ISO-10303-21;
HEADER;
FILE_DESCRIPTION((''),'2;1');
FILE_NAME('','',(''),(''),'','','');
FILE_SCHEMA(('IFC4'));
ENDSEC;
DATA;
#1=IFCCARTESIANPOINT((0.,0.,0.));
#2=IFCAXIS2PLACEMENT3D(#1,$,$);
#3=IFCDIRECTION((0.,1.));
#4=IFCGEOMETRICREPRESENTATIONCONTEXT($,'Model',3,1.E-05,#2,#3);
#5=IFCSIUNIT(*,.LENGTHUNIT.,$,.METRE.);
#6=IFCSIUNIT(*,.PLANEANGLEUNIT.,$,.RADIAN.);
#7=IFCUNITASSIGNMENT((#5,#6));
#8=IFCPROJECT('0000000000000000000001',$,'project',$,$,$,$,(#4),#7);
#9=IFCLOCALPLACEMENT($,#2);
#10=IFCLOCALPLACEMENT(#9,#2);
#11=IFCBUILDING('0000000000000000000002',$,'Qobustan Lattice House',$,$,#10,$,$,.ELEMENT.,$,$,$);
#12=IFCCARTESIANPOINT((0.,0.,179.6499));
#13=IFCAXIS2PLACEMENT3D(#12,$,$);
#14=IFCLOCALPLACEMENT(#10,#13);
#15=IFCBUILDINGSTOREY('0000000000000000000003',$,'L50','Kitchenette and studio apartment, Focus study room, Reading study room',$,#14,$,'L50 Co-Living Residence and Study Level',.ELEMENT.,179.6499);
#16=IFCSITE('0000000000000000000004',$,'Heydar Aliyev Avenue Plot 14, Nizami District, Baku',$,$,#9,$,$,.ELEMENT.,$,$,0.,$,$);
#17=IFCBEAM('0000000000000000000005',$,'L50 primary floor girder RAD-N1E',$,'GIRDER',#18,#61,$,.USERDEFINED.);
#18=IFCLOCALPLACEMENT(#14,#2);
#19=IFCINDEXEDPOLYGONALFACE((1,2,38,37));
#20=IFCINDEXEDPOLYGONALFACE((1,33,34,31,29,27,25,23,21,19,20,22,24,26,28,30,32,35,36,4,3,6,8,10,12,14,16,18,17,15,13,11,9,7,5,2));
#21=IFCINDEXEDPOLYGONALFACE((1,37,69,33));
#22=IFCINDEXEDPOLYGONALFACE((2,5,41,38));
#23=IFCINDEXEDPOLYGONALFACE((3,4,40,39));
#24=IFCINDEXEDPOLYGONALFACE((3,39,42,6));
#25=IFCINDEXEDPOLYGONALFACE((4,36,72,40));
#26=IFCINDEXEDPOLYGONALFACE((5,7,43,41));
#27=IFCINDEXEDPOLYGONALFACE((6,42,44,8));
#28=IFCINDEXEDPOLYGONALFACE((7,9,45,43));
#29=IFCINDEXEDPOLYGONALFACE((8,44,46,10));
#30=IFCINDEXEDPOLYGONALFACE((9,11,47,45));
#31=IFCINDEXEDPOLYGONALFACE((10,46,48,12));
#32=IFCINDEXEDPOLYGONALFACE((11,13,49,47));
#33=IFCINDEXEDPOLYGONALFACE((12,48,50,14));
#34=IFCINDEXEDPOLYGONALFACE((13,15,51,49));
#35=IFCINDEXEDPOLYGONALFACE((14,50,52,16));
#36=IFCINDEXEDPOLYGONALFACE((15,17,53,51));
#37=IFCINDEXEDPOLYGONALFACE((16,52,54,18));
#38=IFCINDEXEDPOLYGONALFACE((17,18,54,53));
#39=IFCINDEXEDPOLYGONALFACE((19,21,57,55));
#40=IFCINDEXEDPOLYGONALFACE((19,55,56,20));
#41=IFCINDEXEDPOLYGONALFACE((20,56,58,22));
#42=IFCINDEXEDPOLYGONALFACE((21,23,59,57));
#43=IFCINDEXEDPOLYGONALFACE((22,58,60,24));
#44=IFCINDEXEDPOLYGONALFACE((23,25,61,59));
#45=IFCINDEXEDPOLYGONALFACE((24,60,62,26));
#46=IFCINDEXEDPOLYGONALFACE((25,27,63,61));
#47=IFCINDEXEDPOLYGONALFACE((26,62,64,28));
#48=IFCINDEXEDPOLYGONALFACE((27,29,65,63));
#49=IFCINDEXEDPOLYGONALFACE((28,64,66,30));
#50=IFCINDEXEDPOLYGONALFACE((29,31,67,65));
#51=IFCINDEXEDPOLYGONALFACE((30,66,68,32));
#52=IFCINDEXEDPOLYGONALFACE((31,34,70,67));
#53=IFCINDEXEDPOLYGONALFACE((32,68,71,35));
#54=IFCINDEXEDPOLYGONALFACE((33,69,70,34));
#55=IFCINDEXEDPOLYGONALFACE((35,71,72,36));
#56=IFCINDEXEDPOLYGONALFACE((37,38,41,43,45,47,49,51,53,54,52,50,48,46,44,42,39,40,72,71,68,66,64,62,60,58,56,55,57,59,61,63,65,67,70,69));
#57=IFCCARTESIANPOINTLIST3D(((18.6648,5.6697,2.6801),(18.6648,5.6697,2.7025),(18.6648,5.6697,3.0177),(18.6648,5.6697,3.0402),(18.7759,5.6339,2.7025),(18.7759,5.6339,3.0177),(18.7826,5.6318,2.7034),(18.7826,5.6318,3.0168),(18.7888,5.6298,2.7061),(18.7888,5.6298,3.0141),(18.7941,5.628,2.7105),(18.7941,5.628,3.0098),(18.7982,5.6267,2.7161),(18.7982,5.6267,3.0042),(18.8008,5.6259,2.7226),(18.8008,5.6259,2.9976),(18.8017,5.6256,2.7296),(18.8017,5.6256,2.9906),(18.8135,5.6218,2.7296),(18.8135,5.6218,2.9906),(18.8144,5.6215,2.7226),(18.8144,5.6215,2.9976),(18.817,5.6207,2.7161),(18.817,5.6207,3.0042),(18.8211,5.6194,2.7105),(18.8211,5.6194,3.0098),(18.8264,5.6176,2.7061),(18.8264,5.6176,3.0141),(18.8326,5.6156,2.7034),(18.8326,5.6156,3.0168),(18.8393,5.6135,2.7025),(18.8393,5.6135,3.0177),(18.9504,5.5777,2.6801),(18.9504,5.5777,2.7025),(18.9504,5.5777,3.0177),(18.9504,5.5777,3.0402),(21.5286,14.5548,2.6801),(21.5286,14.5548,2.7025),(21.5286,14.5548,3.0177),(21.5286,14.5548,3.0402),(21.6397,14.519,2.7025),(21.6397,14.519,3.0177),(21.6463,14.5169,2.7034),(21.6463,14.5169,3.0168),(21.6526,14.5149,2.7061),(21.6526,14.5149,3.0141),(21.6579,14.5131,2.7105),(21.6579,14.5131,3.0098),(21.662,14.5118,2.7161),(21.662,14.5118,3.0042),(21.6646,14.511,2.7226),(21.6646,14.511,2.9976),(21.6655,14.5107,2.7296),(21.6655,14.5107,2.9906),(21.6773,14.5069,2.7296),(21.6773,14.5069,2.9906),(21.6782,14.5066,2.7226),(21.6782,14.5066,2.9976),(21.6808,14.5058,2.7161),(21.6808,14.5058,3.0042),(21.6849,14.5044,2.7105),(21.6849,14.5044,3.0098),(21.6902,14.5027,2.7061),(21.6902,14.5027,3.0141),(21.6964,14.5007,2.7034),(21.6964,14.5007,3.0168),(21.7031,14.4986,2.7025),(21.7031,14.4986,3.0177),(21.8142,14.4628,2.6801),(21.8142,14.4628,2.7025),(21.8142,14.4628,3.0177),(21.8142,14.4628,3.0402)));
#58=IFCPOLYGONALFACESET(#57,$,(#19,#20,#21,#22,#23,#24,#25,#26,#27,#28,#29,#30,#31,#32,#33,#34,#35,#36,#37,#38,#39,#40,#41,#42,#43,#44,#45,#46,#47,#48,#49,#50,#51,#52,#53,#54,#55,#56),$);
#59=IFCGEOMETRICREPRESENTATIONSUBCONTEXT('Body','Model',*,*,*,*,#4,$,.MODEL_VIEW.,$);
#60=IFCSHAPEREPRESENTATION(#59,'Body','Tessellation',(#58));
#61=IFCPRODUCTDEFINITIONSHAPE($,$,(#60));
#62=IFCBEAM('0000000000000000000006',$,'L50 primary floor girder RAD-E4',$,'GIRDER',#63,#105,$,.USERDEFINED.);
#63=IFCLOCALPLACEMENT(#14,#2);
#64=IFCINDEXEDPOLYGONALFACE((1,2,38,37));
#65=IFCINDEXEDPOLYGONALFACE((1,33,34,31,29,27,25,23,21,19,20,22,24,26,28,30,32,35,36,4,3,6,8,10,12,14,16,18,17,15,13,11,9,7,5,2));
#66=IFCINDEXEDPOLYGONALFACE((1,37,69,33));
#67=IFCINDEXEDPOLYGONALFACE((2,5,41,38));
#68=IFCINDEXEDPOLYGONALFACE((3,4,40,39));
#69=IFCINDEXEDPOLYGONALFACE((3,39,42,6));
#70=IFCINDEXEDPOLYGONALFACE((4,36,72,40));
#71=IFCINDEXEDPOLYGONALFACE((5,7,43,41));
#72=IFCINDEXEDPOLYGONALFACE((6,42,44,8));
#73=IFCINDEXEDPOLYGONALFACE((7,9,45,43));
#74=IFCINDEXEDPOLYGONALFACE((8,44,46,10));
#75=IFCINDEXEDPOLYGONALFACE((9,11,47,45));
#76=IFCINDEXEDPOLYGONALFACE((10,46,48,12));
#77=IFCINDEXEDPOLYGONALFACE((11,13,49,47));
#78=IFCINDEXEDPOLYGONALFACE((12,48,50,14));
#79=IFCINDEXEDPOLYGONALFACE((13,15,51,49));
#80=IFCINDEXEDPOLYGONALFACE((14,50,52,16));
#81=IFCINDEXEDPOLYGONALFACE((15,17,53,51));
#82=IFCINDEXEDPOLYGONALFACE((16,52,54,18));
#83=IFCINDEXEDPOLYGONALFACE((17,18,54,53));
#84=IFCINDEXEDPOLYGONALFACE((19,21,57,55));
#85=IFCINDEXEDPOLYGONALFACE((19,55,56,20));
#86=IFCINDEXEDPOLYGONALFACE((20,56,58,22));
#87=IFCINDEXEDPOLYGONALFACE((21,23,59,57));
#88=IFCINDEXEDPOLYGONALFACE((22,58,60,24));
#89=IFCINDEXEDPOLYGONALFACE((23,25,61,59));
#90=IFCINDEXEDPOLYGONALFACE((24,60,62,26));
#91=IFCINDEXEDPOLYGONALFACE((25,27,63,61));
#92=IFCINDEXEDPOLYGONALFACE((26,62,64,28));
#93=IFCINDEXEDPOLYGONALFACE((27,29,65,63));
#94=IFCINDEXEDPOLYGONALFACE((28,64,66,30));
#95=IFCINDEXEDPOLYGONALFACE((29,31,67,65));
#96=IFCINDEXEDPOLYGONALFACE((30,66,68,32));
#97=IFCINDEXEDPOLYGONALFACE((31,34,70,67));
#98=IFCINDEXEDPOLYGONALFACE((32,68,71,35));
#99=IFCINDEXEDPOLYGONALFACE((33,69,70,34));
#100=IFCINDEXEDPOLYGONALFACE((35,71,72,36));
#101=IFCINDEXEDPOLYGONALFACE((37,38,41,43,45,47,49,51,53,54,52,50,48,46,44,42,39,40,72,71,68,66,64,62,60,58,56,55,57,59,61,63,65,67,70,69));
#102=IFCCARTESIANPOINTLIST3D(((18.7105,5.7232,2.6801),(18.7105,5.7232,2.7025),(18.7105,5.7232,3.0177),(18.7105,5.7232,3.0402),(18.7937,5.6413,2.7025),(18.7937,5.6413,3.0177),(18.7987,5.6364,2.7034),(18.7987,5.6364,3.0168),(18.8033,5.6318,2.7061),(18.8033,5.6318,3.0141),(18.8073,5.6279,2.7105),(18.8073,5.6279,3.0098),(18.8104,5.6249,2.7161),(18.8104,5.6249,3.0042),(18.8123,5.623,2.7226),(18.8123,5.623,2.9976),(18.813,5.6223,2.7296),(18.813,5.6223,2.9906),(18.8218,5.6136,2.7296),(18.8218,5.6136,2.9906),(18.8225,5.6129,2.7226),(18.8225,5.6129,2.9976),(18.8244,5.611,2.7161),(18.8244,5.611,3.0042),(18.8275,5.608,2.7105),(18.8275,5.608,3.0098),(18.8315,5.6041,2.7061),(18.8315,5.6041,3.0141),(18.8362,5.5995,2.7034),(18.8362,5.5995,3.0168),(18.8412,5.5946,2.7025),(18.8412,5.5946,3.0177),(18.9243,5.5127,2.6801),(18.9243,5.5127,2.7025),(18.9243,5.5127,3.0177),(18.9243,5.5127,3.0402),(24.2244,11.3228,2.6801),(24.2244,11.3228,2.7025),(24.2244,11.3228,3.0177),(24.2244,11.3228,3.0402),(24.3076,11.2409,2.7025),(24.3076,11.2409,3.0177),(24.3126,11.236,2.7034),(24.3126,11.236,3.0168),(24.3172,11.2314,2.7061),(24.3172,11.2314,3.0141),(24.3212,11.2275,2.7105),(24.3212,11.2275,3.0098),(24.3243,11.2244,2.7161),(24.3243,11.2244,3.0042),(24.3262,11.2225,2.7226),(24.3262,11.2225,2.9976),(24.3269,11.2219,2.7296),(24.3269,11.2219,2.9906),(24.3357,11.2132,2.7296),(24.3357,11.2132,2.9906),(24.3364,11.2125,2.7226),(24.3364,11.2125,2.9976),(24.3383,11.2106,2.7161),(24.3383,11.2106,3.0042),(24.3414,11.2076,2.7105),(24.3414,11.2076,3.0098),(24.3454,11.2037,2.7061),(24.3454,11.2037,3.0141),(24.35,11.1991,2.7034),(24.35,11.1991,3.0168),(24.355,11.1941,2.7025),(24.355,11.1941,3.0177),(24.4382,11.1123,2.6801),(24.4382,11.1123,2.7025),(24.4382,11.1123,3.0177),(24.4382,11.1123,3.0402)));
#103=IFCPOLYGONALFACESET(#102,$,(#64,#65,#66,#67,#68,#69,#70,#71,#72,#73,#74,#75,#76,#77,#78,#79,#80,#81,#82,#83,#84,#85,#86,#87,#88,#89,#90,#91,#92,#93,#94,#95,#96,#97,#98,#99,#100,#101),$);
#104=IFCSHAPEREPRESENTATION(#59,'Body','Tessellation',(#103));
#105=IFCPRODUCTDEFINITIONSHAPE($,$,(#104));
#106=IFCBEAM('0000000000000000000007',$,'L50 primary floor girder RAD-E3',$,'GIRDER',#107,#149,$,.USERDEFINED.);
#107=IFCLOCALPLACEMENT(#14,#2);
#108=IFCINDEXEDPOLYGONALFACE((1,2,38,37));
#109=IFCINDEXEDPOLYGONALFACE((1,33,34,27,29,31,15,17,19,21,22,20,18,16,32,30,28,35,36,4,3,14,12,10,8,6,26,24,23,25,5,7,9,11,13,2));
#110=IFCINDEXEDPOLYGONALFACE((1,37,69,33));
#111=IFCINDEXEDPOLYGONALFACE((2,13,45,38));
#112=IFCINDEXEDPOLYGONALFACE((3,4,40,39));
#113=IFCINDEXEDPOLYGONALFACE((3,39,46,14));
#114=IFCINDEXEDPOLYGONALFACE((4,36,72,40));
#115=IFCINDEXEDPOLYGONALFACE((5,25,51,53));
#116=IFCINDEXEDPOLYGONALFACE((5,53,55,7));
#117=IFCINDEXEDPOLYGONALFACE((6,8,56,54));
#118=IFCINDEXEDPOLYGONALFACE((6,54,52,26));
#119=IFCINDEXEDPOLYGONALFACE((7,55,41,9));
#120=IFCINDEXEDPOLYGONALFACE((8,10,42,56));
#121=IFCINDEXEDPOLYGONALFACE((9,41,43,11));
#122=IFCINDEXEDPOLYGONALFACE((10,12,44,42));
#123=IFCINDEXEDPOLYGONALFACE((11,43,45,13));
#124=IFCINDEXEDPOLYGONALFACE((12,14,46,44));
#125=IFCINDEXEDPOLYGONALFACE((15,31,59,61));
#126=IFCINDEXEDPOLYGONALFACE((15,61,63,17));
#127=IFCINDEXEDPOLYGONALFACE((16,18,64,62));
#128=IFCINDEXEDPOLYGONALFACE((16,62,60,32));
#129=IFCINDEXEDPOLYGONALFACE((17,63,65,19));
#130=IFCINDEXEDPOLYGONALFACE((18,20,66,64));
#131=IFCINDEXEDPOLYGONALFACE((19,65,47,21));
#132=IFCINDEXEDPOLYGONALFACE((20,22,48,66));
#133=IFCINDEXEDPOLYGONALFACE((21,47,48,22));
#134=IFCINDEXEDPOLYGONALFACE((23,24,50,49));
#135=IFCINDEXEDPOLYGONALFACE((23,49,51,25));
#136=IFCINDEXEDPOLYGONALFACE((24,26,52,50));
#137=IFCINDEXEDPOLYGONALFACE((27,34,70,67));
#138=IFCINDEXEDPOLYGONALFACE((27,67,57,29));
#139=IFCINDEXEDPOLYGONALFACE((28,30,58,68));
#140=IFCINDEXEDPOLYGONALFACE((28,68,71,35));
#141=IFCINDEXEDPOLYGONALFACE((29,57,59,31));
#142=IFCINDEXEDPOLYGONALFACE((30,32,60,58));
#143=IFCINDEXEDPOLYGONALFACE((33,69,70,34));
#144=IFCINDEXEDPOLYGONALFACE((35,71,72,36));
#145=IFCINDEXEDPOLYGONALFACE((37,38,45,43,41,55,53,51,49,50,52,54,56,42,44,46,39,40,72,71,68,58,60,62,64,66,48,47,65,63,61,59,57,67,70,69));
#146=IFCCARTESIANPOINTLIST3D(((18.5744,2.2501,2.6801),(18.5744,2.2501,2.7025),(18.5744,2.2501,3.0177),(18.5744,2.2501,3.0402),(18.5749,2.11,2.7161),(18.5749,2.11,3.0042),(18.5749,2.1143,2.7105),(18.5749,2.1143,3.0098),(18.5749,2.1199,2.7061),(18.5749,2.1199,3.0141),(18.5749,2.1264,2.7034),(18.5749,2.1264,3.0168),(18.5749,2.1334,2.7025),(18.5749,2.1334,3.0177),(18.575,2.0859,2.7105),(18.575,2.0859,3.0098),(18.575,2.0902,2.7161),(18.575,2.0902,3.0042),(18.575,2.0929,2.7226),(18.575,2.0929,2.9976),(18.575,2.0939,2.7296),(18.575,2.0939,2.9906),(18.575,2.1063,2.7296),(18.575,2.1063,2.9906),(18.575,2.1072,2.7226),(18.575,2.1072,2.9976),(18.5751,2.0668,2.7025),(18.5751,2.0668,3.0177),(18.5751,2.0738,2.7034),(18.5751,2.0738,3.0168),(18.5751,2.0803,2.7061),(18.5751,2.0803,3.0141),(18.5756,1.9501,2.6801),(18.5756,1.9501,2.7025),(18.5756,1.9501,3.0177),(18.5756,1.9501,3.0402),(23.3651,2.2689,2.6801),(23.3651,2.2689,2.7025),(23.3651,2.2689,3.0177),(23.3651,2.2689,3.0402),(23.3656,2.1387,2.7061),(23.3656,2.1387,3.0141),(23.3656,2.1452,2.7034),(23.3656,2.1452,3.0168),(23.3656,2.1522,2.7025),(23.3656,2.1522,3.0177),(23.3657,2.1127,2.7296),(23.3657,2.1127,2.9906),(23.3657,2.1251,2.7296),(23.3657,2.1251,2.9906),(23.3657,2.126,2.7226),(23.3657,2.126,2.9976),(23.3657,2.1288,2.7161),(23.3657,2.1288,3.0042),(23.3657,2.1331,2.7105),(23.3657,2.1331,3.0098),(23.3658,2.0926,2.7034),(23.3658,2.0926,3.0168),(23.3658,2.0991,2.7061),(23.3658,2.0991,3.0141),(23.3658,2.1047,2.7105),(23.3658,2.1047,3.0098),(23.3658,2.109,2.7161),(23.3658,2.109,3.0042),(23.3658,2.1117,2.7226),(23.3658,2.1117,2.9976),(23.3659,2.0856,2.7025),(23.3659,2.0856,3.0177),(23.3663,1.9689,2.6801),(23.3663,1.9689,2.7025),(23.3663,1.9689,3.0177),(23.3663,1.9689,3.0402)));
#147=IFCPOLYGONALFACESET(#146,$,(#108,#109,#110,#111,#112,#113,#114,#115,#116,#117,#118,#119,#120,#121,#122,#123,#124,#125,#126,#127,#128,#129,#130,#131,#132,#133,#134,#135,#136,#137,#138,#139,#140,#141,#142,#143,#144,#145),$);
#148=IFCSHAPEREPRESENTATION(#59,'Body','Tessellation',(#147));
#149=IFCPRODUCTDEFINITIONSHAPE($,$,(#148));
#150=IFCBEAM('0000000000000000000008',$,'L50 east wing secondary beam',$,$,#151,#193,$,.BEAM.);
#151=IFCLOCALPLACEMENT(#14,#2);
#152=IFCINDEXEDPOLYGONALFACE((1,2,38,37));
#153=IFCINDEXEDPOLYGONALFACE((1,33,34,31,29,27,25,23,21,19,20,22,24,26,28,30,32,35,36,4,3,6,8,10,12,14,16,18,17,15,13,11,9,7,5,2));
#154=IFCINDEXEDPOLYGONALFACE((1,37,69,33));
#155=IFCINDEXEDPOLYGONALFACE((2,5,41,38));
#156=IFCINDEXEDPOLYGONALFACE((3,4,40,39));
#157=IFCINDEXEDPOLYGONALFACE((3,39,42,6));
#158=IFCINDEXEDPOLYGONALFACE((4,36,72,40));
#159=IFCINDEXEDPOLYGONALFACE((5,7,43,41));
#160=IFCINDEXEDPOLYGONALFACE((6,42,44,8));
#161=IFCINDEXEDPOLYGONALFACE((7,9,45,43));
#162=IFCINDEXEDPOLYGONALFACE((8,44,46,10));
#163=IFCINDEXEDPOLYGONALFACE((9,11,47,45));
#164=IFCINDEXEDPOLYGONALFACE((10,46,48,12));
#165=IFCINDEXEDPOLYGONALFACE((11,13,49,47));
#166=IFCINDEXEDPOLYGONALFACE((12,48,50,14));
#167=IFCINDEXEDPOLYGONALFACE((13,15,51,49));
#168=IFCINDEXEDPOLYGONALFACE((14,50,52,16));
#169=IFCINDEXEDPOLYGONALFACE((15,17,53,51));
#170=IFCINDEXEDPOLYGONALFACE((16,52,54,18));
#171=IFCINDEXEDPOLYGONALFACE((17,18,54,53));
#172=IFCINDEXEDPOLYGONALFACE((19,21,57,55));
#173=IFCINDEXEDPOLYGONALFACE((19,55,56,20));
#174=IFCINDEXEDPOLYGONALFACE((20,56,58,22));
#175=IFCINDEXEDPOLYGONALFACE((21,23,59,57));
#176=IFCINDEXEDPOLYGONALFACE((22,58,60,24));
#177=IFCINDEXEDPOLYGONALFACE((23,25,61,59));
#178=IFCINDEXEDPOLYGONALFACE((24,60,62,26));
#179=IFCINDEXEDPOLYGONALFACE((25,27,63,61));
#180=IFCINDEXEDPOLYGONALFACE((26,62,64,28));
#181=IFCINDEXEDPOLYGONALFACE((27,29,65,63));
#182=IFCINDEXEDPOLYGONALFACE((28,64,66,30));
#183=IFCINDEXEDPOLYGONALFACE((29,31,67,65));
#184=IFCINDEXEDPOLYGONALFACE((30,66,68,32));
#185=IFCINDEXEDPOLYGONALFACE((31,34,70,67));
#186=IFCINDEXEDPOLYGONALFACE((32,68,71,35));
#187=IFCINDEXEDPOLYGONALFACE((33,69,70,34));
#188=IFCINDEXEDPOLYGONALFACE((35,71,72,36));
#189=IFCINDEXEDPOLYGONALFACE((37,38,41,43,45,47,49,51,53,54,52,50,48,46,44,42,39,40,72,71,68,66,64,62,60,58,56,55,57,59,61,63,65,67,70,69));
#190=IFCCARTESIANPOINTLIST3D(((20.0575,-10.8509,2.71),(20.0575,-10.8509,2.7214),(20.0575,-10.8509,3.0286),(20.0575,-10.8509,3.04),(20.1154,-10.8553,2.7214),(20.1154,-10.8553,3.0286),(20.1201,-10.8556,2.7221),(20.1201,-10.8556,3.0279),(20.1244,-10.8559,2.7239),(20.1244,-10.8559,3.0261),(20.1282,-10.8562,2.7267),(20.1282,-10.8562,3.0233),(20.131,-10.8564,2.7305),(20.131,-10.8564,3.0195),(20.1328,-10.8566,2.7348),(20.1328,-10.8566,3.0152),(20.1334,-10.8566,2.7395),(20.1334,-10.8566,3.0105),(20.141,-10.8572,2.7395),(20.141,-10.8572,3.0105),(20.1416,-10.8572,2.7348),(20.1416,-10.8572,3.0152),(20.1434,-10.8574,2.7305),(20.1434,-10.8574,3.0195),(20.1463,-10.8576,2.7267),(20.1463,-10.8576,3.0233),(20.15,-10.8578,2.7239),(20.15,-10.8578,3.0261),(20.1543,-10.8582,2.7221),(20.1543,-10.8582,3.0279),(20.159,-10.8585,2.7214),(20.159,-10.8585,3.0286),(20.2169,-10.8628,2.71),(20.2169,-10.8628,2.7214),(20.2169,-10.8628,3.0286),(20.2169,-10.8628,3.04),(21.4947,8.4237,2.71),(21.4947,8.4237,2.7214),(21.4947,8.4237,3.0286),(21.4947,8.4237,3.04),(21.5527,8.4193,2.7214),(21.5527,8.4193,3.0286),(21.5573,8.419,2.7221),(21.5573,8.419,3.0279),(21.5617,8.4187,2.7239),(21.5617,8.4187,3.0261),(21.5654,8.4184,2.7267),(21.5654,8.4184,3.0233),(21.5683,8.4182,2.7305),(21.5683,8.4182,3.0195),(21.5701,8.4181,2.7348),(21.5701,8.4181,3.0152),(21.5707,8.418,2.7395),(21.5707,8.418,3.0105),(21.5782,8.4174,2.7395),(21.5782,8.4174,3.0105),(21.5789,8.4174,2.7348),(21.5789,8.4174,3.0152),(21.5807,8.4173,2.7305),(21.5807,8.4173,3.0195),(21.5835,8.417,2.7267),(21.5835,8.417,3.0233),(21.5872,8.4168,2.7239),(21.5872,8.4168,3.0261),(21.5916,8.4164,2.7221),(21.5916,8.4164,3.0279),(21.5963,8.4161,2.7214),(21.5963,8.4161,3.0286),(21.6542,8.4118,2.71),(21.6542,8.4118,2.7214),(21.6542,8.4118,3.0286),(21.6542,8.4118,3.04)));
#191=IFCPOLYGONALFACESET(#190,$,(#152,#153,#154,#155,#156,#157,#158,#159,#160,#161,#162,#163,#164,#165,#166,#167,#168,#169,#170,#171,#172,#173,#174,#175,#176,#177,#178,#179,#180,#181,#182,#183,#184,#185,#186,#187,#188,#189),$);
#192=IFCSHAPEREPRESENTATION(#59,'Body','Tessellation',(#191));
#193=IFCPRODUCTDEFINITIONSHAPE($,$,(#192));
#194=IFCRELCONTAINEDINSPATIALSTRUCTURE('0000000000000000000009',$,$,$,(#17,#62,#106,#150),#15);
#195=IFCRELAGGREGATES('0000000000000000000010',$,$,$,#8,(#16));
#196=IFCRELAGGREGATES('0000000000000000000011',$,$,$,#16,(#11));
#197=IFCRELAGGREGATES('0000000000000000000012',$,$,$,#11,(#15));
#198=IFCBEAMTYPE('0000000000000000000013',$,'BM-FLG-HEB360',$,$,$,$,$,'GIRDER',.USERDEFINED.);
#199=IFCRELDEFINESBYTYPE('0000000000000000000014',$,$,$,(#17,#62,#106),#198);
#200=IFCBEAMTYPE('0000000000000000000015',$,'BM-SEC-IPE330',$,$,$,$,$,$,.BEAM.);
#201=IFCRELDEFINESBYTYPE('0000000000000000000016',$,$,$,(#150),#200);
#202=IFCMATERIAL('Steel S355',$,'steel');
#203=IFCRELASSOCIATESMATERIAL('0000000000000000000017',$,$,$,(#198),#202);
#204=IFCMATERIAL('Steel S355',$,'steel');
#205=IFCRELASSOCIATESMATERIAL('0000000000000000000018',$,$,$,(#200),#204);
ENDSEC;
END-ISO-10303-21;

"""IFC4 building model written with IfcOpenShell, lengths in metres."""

from ifc_helpers import new_model, si_unit, direction, frame, origin, origin_2d, place, context, subcontext, project, spatial, i_section, extrude, material, material_profile, profile_set, type_object, element, save


model = new_model("IFC4")

# Units and contexts
model_context = context("Model", 3, precision=1e-05, world=origin(), true_north=direction((0.0, 1.0)))
body_context = subcontext(model_context, "Body", "Model", "MODEL_VIEW")
ifc_project = project(units=[si_unit("LENGTHUNIT", "METRE"), si_unit("PLANEANGLEUNIT", "RADIAN")], contexts=[model_context])

# Site, building, storey
site_placement = place(None, origin())
site = spatial("IfcSite", under=ifc_project, at=site_placement, Name="Heydar Aliyev Avenue Plot 14, Nizami District, Baku", CompositionType="ELEMENT", RefElevation=0.0)
building_placement = place(site_placement, origin())
building = spatial("IfcBuilding", under=site, at=building_placement, Name="Qobustan Lattice House", CompositionType="ELEMENT")
storey_placement = place(building_placement, frame((0.0, 0.0, 179.6499)))
storey = spatial("IfcBuildingStorey", under=building, at=storey_placement, Name="L50", Description="Kitchenette and studio apartment, Focus study room, Reading study room", LongName="L50 Co-Living Residence and Study Level", CompositionType="ELEMENT", Elevation=179.6499)

# Beams
ifc_material_1 = material(Name="Steel S355", Category="steel")
ifc_material_profile_1 = material_profile(ifc_material_1, i_section(OverallWidth=0.3, OverallDepth=0.3601, WebThickness=0.0125, FlangeThickness=0.0225, FilletRadius=0.0271, at=origin_2d()), Name="HEB360")
ifc_profile_set_1 = profile_set([ifc_material_profile_1], Name="Steel S355")
beam_type_1 = type_object("IfcBeamType", Name="BM-FLG-HEB360", ElementType="GIRDER", PredefinedType="USERDEFINED", material=ifc_profile_set_1)
beam_1_placement = place(storey_placement, frame((21.6714, 14.5088, 2.8601), z_axis=(-0.306774, -0.951783, 0.0), x_axis=(0.951783, -0.306774, 0.0)))
element("IfcBeam", 1, at=beam_1_placement, inside=storey, type_object=beam_type_1, Name="L50 primary floor girder RAD-N1E", ObjectType="GIRDER", PredefinedType="USERDEFINED", context=body_context, shape_type="SweptSolid", body=[
    extrude(i_section(OverallWidth=0.3, OverallDepth=0.3601, WebThickness=0.0125, FlangeThickness=0.0225, FilletRadius=0.0271, at=origin_2d()), origin(), (0.0, 0.0, 1.0), 9.3352),
])
beam_2_placement = place(storey_placement, frame((24.3313, 11.2175, 2.8601), z_axis=(-0.701634, -0.712538, 0.0), x_axis=(0.712538, -0.701634, 0.0)))
element("IfcBeam", 2, at=beam_2_placement, inside=storey, type_object=beam_type_1, Name="L50 primary floor girder RAD-E4", ObjectType="GIRDER", PredefinedType="USERDEFINED", context=body_context, shape_type="SweptSolid", body=[
    extrude(i_section(OverallWidth=0.3, OverallDepth=0.3601, WebThickness=0.0125, FlangeThickness=0.0225, FilletRadius=0.0271, at=origin_2d()), origin(), (0.0, 0.0, 1.0), 7.8586),
])
beam_3_placement = place(storey_placement, frame((23.3657, 2.1189, 2.8601), z_axis=(-0.999992, -0.003924, 0.0), x_axis=(0.003924, -0.999992, 0.0)))
element("IfcBeam", 3, at=beam_3_placement, inside=storey, type_object=beam_type_1, Name="L50 primary floor girder RAD-E3", ObjectType="GIRDER", PredefinedType="USERDEFINED", context=body_context, shape_type="SweptSolid", body=[
    extrude(i_section(OverallWidth=0.3, OverallDepth=0.3601, WebThickness=0.0125, FlangeThickness=0.0225, FilletRadius=0.0271, at=origin_2d()), origin(), (0.0, 0.0, 1.0), 4.7908),
])
ifc_material_2 = material(Name="Steel S355", Category="steel")
ifc_material_profile_2 = material_profile(ifc_material_2, i_section(OverallWidth=0.1599, OverallDepth=0.3301, WebThickness=0.0076, FlangeThickness=0.0115, FilletRadius=0.0181, at=origin_2d()), Name="IPE330")
ifc_profile_set_2 = profile_set([ifc_material_profile_2], Name="Steel S355")
beam_type_2 = type_object("IfcBeamType", Name="BM-SEC-IPE330", PredefinedType="BEAM", material=ifc_profile_set_2)
beam_4_placement = place(storey_placement, frame((21.5745, 8.4177, 2.875), z_axis=(-0.074361, -0.997231, 0.0), x_axis=(0.997231, -0.074361, 0.0)))
element("IfcBeam", 4, at=beam_4_placement, inside=storey, type_object=beam_type_2, Name="L50 east wing secondary beam", PredefinedType="BEAM", context=body_context, shape_type="SweptSolid", body=[
    extrude(i_section(OverallWidth=0.1599, OverallDepth=0.3301, WebThickness=0.0076, FlangeThickness=0.0115, FilletRadius=0.0181, at=origin_2d()), origin(), (0.0, 0.0, 1.0), 19.3281),
])

save(model, "model.ifc")
